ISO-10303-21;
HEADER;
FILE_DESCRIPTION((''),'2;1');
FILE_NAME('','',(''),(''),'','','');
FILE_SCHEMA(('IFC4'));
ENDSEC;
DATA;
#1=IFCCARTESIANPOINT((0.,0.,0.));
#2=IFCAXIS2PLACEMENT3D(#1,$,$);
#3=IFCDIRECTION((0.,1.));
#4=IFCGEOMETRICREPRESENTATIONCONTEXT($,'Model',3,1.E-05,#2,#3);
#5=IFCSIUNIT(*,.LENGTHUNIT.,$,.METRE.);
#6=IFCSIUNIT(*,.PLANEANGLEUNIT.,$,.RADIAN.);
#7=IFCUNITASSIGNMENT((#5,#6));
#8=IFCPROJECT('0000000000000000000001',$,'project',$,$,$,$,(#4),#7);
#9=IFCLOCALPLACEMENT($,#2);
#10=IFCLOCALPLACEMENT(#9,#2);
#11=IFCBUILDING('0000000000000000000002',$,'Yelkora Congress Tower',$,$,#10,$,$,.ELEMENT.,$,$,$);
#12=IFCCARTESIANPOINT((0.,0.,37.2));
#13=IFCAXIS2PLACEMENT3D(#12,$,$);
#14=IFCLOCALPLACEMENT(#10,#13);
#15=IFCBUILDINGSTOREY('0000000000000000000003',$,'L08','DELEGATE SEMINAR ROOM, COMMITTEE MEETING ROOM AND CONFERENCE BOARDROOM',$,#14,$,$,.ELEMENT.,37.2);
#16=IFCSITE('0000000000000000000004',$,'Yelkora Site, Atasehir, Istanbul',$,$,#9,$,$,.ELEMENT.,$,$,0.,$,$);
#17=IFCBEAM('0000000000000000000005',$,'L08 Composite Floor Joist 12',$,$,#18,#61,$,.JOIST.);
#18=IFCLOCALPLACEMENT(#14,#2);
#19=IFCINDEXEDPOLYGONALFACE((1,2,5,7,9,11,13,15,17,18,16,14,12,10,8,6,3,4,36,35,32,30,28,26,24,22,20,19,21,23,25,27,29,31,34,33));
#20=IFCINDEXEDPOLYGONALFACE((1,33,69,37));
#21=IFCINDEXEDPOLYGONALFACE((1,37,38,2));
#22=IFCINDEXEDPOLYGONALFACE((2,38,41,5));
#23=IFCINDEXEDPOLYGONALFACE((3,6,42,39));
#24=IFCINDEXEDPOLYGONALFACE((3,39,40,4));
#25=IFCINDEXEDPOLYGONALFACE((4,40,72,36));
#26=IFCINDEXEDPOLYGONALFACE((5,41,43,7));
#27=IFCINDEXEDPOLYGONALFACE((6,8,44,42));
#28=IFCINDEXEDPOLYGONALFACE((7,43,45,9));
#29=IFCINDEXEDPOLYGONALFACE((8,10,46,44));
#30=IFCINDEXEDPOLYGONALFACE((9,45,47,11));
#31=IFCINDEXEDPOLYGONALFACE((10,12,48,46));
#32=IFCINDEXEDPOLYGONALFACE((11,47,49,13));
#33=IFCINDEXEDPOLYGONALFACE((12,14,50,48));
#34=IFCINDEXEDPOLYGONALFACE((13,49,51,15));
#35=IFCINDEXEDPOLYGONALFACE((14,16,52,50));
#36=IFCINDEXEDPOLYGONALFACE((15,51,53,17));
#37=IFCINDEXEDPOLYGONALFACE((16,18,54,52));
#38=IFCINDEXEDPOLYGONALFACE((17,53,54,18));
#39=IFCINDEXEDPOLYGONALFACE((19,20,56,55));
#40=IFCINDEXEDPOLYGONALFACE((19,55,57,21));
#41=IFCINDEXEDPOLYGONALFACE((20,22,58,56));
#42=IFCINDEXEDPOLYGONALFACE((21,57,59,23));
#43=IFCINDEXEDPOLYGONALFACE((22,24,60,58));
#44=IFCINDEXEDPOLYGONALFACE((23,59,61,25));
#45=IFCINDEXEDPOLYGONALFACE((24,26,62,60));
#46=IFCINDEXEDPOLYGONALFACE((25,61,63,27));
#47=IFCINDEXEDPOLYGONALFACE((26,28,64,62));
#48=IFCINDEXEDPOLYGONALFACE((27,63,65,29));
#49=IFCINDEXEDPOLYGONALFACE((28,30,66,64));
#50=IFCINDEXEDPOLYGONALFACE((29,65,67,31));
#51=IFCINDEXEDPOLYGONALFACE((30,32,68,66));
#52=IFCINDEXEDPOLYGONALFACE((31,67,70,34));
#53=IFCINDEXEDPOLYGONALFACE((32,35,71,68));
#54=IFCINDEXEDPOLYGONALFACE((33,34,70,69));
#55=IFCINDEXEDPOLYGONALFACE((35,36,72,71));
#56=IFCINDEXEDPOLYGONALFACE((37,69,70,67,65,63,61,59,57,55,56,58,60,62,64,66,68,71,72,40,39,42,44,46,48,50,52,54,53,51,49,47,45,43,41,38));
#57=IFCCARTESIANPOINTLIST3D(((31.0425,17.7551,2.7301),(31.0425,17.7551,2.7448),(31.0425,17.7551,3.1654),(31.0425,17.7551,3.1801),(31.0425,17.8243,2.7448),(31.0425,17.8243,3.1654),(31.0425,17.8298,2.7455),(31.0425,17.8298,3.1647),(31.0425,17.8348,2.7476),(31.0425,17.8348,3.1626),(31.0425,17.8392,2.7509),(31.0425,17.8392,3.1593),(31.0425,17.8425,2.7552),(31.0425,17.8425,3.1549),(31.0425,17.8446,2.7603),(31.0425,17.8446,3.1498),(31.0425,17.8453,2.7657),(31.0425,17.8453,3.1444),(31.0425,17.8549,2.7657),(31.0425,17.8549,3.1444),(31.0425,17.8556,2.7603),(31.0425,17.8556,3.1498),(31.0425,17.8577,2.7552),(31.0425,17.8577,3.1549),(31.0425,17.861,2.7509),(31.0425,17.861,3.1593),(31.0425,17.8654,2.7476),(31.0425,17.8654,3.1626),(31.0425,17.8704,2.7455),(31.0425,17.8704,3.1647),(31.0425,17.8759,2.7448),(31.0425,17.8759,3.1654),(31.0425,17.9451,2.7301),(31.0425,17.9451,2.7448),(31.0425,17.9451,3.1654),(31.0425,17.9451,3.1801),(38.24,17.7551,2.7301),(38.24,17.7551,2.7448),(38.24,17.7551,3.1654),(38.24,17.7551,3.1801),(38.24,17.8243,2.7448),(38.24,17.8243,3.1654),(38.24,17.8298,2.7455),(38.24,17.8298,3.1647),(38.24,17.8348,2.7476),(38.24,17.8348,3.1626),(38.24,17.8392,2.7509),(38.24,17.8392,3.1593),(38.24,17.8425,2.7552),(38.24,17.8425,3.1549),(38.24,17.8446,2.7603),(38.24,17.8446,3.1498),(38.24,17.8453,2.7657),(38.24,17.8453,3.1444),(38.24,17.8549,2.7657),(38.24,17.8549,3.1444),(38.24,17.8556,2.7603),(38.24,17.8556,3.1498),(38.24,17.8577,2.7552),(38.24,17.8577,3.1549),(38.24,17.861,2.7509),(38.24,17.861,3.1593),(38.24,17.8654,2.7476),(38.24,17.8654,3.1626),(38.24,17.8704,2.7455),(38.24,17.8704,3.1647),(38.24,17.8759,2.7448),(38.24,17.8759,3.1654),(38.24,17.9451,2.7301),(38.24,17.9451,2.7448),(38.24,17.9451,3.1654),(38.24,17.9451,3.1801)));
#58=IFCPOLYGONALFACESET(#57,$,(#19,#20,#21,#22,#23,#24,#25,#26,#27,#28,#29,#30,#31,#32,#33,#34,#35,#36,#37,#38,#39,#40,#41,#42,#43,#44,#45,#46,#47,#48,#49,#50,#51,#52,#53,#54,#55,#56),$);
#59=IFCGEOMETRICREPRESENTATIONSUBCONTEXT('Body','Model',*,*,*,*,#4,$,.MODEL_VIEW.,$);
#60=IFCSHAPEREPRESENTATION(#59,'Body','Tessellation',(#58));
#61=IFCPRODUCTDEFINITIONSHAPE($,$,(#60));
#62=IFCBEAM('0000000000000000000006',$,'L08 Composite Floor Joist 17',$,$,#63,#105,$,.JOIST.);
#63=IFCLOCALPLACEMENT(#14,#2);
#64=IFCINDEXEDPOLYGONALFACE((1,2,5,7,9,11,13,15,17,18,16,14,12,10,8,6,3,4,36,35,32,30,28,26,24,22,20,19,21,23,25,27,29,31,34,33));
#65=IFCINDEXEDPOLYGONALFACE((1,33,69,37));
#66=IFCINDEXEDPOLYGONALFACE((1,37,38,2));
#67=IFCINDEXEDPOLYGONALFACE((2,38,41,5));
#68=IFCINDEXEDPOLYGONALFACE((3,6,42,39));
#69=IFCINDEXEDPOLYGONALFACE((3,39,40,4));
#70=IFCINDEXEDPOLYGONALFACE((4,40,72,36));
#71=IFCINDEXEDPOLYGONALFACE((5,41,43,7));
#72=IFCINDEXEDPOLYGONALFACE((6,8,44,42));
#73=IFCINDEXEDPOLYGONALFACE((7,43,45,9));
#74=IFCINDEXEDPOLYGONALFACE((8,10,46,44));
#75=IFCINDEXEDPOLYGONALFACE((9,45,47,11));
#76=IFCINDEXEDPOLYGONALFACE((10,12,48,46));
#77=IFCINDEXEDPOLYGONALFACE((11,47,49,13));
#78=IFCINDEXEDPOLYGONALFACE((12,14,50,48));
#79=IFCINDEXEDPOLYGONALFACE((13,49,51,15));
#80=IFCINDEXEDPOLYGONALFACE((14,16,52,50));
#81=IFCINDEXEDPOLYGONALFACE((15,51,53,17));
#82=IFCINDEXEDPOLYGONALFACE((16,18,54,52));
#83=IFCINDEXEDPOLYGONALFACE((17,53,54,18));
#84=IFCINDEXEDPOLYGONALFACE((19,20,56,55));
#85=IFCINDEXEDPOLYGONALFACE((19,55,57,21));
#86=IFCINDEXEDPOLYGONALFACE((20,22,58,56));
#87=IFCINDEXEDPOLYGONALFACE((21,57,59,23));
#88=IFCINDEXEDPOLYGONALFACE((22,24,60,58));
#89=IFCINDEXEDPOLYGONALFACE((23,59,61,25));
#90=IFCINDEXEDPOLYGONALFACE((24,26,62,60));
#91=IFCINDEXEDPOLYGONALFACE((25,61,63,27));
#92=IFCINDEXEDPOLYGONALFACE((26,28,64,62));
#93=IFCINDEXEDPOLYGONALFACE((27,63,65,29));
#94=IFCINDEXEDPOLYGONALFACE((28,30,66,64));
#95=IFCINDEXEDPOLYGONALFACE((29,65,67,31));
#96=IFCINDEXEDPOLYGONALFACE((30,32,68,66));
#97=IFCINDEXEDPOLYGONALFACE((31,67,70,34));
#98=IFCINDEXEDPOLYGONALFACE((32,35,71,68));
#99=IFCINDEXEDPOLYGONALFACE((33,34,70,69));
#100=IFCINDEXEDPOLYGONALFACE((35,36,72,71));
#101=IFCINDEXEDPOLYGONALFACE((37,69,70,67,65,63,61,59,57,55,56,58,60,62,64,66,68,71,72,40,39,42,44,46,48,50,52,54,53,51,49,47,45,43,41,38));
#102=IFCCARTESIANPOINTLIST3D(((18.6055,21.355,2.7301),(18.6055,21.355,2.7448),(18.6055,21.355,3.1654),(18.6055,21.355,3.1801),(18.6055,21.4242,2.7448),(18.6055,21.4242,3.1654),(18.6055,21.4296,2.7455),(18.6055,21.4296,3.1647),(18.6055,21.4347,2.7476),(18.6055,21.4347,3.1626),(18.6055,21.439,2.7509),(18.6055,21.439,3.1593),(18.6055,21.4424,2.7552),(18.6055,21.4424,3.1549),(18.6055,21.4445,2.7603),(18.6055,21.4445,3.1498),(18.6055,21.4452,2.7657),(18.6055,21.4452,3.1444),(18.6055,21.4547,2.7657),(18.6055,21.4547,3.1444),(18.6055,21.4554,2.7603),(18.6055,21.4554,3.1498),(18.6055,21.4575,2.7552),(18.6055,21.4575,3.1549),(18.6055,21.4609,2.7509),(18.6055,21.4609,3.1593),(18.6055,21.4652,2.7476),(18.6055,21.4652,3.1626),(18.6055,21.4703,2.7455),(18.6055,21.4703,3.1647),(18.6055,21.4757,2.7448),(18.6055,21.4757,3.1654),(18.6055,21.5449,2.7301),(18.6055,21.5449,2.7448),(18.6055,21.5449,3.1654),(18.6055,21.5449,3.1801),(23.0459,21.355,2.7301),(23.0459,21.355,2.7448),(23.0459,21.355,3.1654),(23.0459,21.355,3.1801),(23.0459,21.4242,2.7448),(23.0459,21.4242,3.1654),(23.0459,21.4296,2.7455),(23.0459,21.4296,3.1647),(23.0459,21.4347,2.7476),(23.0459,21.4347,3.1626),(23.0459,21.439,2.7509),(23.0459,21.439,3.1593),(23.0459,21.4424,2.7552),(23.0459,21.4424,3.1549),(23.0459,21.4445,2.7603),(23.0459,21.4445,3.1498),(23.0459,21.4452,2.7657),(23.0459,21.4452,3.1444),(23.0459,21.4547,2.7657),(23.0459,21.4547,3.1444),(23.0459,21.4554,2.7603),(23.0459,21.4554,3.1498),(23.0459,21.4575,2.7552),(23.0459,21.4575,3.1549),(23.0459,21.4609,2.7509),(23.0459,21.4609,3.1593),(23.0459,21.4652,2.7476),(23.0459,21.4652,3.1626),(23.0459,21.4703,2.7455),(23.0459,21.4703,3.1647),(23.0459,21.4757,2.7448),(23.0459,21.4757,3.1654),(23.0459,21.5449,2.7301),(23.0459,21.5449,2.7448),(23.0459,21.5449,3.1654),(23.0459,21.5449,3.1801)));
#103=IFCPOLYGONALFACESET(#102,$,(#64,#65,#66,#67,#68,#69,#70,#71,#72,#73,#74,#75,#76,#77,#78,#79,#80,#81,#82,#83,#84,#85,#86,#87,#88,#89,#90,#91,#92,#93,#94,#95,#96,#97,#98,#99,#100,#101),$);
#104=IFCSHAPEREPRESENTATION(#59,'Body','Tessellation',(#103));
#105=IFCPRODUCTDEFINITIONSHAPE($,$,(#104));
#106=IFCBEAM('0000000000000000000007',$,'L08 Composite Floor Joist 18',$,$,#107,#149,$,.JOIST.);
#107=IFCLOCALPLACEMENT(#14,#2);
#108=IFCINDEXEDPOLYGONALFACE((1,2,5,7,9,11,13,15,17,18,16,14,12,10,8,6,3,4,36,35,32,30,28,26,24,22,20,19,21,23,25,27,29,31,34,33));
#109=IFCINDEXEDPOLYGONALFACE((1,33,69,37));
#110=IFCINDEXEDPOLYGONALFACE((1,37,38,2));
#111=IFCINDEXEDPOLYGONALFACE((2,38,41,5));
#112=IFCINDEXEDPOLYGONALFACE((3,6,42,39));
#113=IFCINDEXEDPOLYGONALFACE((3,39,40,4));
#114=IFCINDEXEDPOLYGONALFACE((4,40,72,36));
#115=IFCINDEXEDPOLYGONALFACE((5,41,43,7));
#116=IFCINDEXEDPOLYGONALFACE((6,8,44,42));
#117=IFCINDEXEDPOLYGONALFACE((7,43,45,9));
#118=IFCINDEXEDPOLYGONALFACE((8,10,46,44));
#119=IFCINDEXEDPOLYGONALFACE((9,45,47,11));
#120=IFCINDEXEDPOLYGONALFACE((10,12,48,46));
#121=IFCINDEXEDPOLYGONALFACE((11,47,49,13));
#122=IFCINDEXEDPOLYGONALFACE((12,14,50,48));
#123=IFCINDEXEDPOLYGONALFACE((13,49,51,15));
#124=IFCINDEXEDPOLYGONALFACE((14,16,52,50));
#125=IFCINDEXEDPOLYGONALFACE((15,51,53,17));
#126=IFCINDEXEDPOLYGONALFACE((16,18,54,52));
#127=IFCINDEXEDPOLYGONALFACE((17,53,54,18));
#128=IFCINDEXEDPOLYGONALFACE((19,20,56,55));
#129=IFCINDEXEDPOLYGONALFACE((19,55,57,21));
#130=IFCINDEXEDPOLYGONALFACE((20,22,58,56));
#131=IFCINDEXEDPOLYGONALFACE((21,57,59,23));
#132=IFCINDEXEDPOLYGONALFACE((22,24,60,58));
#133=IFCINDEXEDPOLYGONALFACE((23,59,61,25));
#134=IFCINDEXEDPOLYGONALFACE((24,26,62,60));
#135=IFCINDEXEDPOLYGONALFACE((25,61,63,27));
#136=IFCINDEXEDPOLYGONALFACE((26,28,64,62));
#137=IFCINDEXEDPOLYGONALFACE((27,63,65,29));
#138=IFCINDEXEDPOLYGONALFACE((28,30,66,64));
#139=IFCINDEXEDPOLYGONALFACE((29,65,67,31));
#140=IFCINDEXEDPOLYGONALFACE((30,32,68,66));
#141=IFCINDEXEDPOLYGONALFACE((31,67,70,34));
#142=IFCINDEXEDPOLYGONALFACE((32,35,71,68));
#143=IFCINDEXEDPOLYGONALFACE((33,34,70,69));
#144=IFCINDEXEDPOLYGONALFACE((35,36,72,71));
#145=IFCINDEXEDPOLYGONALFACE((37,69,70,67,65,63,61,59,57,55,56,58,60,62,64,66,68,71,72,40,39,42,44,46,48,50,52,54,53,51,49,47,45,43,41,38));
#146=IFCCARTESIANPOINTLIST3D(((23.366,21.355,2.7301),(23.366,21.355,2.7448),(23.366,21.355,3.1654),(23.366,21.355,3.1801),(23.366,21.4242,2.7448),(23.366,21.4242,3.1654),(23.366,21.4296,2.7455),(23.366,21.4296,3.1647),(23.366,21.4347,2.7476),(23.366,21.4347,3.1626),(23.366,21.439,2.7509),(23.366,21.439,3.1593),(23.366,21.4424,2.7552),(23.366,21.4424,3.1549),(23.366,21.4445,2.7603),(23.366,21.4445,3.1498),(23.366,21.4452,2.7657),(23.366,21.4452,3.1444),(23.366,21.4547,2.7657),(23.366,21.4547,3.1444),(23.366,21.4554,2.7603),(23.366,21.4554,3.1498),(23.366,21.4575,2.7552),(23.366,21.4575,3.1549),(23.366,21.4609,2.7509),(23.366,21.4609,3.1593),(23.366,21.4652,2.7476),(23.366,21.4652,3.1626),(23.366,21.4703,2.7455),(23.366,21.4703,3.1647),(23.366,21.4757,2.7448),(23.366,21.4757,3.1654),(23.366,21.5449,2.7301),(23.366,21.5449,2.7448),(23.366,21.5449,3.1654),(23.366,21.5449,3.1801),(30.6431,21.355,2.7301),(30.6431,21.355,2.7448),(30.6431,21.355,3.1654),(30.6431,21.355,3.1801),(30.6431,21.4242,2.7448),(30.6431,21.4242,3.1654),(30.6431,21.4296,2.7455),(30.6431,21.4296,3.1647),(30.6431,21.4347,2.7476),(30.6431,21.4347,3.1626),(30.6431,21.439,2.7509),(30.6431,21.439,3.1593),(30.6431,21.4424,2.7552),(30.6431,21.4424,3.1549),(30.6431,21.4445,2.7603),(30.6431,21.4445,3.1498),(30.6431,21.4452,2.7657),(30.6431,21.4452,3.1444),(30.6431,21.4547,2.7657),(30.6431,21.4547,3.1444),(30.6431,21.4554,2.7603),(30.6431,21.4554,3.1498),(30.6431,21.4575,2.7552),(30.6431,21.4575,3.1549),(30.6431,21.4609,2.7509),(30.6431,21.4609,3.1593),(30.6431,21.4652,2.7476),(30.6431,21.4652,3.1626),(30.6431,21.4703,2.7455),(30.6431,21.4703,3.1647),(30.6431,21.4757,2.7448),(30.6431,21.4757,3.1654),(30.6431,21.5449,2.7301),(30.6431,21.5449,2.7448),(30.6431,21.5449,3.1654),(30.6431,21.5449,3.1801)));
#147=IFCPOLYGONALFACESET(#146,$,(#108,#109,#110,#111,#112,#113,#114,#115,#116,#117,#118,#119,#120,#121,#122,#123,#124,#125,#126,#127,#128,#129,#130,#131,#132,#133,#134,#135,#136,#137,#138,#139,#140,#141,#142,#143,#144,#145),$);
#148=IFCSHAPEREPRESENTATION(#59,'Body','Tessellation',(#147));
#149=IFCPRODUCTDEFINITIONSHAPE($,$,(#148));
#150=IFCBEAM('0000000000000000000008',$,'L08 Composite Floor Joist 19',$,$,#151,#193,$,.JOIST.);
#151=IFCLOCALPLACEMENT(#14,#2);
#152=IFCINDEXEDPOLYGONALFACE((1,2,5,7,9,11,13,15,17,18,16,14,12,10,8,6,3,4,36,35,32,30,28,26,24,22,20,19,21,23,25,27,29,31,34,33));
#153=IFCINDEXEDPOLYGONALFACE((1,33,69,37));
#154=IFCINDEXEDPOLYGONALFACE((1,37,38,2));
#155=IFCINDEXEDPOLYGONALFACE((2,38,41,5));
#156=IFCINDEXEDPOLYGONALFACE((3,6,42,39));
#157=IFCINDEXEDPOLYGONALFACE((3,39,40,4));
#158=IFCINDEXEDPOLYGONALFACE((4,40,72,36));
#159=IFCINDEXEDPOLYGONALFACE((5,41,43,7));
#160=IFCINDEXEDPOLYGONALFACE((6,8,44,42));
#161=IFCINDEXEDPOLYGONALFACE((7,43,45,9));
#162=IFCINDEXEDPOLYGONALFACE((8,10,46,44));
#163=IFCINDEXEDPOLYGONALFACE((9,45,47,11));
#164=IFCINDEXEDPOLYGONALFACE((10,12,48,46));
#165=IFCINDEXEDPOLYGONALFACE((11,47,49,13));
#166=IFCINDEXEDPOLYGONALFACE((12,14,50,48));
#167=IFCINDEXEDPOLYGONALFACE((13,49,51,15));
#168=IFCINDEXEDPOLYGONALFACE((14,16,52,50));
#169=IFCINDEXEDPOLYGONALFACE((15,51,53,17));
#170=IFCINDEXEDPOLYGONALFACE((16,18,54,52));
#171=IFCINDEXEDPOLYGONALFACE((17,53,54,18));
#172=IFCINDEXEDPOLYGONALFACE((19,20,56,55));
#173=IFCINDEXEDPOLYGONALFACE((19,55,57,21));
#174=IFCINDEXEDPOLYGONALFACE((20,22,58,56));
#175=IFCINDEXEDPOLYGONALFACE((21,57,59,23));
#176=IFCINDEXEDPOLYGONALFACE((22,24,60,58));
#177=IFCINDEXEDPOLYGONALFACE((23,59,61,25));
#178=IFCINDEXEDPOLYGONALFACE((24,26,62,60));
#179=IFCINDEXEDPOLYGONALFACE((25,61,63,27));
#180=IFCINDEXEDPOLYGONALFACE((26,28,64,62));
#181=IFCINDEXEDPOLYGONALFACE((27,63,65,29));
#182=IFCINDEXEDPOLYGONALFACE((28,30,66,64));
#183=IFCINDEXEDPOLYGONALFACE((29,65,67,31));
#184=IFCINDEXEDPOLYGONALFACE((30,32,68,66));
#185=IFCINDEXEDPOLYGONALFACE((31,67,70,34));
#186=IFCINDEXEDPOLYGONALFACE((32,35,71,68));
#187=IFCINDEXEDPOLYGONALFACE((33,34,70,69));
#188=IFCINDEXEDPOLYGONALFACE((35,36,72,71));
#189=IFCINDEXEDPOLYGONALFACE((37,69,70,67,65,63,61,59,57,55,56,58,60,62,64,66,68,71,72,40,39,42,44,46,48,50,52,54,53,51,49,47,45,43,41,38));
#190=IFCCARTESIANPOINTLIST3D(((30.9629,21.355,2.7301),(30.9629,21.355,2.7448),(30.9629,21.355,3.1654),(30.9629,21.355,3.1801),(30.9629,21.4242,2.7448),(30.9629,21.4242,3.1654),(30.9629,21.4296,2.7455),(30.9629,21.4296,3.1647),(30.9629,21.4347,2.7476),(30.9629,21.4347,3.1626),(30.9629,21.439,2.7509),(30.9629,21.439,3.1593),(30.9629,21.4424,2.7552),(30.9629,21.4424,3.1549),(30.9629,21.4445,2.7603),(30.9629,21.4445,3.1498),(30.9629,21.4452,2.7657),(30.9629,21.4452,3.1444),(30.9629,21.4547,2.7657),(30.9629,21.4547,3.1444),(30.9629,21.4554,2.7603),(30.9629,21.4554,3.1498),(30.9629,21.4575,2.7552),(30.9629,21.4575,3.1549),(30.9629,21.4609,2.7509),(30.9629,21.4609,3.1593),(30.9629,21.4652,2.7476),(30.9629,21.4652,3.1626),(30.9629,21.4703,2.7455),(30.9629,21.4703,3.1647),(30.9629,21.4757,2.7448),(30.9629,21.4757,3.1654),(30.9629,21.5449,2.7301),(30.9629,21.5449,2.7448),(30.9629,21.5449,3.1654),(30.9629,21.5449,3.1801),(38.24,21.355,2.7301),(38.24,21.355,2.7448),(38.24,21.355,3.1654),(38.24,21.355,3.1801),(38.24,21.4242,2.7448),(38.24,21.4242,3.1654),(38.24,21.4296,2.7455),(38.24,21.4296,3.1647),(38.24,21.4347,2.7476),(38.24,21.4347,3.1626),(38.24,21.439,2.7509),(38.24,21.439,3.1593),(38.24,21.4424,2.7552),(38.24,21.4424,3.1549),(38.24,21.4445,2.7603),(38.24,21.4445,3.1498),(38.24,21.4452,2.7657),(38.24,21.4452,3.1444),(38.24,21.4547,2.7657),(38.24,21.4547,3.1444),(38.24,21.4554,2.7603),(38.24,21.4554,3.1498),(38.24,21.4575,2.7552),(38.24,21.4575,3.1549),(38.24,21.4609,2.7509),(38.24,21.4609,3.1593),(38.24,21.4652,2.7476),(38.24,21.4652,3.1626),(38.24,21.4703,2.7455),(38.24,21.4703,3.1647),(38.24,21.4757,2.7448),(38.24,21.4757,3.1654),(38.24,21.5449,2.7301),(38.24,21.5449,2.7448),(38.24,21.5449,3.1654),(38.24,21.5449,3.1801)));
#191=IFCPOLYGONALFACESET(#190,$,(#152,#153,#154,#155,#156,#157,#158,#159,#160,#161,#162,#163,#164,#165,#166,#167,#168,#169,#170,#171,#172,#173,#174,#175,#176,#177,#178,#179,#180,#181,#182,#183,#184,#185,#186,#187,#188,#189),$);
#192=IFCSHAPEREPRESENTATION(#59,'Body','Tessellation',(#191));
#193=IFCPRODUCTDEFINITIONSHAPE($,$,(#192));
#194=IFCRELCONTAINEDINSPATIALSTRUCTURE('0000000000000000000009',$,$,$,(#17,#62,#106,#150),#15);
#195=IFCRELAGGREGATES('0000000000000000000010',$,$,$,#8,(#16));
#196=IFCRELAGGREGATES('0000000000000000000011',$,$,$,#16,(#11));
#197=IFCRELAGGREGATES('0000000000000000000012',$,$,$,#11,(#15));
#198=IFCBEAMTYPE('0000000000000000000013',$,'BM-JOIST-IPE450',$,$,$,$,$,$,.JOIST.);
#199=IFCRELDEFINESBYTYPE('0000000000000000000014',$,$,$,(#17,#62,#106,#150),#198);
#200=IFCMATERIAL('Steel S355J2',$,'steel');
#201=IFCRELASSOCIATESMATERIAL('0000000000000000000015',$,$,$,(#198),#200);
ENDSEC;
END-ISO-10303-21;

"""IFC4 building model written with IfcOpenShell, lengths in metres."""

from ifc_helpers import new_model, si_unit, direction, frame, origin, origin_2d, place, context, subcontext, project, spatial, i_section, extrude, material, material_profile, profile_set, type_object, element, save


model = new_model("IFC4")

# Units and contexts
model_context = context("Model", 3, precision=1e-05, world=origin(), true_north=direction((0.0, 1.0)))
body_context = subcontext(model_context, "Body", "Model", "MODEL_VIEW")
ifc_project = project(units=[si_unit("LENGTHUNIT", "METRE"), si_unit("PLANEANGLEUNIT", "RADIAN")], contexts=[model_context])

# Site, building, storey
site_placement = place(None, origin())
site = spatial("IfcSite", under=ifc_project, at=site_placement, Name="Yelkora Site, Atasehir, Istanbul", CompositionType="ELEMENT", RefElevation=0.0)
building_placement = place(site_placement, origin())
building = spatial("IfcBuilding", under=site, at=building_placement, Name="Yelkora Congress Tower", CompositionType="ELEMENT")
storey_placement = place(building_placement, frame((0.0, 0.0, 37.2)))
storey = spatial("IfcBuildingStorey", under=building, at=storey_placement, Name="L08", Description="DELEGATE SEMINAR ROOM, COMMITTEE MEETING ROOM AND CONFERENCE BOARDROOM", CompositionType="ELEMENT", Elevation=37.2)

# Beams
ifc_material_1 = material(Name="Steel S355J2", Category="steel")
ifc_material_profile_1 = material_profile(ifc_material_1, i_section(OverallWidth=0.1899, OverallDepth=0.45, WebThickness=0.0095, FlangeThickness=0.0146, FilletRadius=0.021, at=origin_2d()), Name="IPE 450")
ifc_profile_set_1 = profile_set([ifc_material_profile_1], Name="Steel S355J2")
beam_type_1 = type_object("IfcBeamType", Name="BM-JOIST-IPE450", PredefinedType="JOIST", material=ifc_profile_set_1)
for number, where, z_axis, x_axis, name in (
    (1, (31.0425, 17.8501, 2.9551), (1.0, 0.0, 0.0), (0.0, 1.0, 0.0), "L08 Composite Floor Joist 12"),
):
    element("IfcBeam", number, at=place(storey_placement, frame(where, z_axis=z_axis, x_axis=x_axis)), inside=storey, type_object=beam_type_1, Name=name, PredefinedType="JOIST", context=body_context, shape_type="SweptSolid", body=[
        extrude(i_section(OverallWidth=0.1899, OverallDepth=0.45, WebThickness=0.0095, FlangeThickness=0.0146, FilletRadius=0.021, at=origin_2d()), origin(), (0.0, 0.0, 1.0), 7.1975),
    ])
beam_1_placement = place(storey_placement, frame((18.6055, 21.45, 2.9551), z_axis=(1.0, 0.0, 0.0), x_axis=(0.0, 1.0, 0.0)))
element("IfcBeam", 2, at=beam_1_placement, inside=storey, type_object=beam_type_1, Name="L08 Composite Floor Joist 17", PredefinedType="JOIST", context=body_context, shape_type="SweptSolid", body=[
    extrude(i_section(OverallWidth=0.1899, OverallDepth=0.45, WebThickness=0.0095, FlangeThickness=0.0146, FilletRadius=0.021, at=origin_2d()), origin(), (0.0, 0.0, 1.0), 4.4404),
])
for number, where, z_axis, x_axis, name in (
    (3, (23.366, 21.45, 2.9551), (1.0, 0.0, 0.0), (0.0, 1.0, 0.0), "L08 Composite Floor Joist 18"),
    (4, (30.9629, 21.45, 2.9551), (1.0, 0.0, 0.0), (0.0, 1.0, 0.0), "L08 Composite Floor Joist 19"),
):
    element("IfcBeam", number, at=place(storey_placement, frame(where, z_axis=z_axis, x_axis=x_axis)), inside=storey, type_object=beam_type_1, Name=name, PredefinedType="JOIST", context=body_context, shape_type="SweptSolid", body=[
        extrude(i_section(OverallWidth=0.1899, OverallDepth=0.45, WebThickness=0.0095, FlangeThickness=0.0146, FilletRadius=0.021, at=origin_2d()), origin(), (0.0, 0.0, 1.0), 7.2771),
    ])

save(model, "model.ifc")
